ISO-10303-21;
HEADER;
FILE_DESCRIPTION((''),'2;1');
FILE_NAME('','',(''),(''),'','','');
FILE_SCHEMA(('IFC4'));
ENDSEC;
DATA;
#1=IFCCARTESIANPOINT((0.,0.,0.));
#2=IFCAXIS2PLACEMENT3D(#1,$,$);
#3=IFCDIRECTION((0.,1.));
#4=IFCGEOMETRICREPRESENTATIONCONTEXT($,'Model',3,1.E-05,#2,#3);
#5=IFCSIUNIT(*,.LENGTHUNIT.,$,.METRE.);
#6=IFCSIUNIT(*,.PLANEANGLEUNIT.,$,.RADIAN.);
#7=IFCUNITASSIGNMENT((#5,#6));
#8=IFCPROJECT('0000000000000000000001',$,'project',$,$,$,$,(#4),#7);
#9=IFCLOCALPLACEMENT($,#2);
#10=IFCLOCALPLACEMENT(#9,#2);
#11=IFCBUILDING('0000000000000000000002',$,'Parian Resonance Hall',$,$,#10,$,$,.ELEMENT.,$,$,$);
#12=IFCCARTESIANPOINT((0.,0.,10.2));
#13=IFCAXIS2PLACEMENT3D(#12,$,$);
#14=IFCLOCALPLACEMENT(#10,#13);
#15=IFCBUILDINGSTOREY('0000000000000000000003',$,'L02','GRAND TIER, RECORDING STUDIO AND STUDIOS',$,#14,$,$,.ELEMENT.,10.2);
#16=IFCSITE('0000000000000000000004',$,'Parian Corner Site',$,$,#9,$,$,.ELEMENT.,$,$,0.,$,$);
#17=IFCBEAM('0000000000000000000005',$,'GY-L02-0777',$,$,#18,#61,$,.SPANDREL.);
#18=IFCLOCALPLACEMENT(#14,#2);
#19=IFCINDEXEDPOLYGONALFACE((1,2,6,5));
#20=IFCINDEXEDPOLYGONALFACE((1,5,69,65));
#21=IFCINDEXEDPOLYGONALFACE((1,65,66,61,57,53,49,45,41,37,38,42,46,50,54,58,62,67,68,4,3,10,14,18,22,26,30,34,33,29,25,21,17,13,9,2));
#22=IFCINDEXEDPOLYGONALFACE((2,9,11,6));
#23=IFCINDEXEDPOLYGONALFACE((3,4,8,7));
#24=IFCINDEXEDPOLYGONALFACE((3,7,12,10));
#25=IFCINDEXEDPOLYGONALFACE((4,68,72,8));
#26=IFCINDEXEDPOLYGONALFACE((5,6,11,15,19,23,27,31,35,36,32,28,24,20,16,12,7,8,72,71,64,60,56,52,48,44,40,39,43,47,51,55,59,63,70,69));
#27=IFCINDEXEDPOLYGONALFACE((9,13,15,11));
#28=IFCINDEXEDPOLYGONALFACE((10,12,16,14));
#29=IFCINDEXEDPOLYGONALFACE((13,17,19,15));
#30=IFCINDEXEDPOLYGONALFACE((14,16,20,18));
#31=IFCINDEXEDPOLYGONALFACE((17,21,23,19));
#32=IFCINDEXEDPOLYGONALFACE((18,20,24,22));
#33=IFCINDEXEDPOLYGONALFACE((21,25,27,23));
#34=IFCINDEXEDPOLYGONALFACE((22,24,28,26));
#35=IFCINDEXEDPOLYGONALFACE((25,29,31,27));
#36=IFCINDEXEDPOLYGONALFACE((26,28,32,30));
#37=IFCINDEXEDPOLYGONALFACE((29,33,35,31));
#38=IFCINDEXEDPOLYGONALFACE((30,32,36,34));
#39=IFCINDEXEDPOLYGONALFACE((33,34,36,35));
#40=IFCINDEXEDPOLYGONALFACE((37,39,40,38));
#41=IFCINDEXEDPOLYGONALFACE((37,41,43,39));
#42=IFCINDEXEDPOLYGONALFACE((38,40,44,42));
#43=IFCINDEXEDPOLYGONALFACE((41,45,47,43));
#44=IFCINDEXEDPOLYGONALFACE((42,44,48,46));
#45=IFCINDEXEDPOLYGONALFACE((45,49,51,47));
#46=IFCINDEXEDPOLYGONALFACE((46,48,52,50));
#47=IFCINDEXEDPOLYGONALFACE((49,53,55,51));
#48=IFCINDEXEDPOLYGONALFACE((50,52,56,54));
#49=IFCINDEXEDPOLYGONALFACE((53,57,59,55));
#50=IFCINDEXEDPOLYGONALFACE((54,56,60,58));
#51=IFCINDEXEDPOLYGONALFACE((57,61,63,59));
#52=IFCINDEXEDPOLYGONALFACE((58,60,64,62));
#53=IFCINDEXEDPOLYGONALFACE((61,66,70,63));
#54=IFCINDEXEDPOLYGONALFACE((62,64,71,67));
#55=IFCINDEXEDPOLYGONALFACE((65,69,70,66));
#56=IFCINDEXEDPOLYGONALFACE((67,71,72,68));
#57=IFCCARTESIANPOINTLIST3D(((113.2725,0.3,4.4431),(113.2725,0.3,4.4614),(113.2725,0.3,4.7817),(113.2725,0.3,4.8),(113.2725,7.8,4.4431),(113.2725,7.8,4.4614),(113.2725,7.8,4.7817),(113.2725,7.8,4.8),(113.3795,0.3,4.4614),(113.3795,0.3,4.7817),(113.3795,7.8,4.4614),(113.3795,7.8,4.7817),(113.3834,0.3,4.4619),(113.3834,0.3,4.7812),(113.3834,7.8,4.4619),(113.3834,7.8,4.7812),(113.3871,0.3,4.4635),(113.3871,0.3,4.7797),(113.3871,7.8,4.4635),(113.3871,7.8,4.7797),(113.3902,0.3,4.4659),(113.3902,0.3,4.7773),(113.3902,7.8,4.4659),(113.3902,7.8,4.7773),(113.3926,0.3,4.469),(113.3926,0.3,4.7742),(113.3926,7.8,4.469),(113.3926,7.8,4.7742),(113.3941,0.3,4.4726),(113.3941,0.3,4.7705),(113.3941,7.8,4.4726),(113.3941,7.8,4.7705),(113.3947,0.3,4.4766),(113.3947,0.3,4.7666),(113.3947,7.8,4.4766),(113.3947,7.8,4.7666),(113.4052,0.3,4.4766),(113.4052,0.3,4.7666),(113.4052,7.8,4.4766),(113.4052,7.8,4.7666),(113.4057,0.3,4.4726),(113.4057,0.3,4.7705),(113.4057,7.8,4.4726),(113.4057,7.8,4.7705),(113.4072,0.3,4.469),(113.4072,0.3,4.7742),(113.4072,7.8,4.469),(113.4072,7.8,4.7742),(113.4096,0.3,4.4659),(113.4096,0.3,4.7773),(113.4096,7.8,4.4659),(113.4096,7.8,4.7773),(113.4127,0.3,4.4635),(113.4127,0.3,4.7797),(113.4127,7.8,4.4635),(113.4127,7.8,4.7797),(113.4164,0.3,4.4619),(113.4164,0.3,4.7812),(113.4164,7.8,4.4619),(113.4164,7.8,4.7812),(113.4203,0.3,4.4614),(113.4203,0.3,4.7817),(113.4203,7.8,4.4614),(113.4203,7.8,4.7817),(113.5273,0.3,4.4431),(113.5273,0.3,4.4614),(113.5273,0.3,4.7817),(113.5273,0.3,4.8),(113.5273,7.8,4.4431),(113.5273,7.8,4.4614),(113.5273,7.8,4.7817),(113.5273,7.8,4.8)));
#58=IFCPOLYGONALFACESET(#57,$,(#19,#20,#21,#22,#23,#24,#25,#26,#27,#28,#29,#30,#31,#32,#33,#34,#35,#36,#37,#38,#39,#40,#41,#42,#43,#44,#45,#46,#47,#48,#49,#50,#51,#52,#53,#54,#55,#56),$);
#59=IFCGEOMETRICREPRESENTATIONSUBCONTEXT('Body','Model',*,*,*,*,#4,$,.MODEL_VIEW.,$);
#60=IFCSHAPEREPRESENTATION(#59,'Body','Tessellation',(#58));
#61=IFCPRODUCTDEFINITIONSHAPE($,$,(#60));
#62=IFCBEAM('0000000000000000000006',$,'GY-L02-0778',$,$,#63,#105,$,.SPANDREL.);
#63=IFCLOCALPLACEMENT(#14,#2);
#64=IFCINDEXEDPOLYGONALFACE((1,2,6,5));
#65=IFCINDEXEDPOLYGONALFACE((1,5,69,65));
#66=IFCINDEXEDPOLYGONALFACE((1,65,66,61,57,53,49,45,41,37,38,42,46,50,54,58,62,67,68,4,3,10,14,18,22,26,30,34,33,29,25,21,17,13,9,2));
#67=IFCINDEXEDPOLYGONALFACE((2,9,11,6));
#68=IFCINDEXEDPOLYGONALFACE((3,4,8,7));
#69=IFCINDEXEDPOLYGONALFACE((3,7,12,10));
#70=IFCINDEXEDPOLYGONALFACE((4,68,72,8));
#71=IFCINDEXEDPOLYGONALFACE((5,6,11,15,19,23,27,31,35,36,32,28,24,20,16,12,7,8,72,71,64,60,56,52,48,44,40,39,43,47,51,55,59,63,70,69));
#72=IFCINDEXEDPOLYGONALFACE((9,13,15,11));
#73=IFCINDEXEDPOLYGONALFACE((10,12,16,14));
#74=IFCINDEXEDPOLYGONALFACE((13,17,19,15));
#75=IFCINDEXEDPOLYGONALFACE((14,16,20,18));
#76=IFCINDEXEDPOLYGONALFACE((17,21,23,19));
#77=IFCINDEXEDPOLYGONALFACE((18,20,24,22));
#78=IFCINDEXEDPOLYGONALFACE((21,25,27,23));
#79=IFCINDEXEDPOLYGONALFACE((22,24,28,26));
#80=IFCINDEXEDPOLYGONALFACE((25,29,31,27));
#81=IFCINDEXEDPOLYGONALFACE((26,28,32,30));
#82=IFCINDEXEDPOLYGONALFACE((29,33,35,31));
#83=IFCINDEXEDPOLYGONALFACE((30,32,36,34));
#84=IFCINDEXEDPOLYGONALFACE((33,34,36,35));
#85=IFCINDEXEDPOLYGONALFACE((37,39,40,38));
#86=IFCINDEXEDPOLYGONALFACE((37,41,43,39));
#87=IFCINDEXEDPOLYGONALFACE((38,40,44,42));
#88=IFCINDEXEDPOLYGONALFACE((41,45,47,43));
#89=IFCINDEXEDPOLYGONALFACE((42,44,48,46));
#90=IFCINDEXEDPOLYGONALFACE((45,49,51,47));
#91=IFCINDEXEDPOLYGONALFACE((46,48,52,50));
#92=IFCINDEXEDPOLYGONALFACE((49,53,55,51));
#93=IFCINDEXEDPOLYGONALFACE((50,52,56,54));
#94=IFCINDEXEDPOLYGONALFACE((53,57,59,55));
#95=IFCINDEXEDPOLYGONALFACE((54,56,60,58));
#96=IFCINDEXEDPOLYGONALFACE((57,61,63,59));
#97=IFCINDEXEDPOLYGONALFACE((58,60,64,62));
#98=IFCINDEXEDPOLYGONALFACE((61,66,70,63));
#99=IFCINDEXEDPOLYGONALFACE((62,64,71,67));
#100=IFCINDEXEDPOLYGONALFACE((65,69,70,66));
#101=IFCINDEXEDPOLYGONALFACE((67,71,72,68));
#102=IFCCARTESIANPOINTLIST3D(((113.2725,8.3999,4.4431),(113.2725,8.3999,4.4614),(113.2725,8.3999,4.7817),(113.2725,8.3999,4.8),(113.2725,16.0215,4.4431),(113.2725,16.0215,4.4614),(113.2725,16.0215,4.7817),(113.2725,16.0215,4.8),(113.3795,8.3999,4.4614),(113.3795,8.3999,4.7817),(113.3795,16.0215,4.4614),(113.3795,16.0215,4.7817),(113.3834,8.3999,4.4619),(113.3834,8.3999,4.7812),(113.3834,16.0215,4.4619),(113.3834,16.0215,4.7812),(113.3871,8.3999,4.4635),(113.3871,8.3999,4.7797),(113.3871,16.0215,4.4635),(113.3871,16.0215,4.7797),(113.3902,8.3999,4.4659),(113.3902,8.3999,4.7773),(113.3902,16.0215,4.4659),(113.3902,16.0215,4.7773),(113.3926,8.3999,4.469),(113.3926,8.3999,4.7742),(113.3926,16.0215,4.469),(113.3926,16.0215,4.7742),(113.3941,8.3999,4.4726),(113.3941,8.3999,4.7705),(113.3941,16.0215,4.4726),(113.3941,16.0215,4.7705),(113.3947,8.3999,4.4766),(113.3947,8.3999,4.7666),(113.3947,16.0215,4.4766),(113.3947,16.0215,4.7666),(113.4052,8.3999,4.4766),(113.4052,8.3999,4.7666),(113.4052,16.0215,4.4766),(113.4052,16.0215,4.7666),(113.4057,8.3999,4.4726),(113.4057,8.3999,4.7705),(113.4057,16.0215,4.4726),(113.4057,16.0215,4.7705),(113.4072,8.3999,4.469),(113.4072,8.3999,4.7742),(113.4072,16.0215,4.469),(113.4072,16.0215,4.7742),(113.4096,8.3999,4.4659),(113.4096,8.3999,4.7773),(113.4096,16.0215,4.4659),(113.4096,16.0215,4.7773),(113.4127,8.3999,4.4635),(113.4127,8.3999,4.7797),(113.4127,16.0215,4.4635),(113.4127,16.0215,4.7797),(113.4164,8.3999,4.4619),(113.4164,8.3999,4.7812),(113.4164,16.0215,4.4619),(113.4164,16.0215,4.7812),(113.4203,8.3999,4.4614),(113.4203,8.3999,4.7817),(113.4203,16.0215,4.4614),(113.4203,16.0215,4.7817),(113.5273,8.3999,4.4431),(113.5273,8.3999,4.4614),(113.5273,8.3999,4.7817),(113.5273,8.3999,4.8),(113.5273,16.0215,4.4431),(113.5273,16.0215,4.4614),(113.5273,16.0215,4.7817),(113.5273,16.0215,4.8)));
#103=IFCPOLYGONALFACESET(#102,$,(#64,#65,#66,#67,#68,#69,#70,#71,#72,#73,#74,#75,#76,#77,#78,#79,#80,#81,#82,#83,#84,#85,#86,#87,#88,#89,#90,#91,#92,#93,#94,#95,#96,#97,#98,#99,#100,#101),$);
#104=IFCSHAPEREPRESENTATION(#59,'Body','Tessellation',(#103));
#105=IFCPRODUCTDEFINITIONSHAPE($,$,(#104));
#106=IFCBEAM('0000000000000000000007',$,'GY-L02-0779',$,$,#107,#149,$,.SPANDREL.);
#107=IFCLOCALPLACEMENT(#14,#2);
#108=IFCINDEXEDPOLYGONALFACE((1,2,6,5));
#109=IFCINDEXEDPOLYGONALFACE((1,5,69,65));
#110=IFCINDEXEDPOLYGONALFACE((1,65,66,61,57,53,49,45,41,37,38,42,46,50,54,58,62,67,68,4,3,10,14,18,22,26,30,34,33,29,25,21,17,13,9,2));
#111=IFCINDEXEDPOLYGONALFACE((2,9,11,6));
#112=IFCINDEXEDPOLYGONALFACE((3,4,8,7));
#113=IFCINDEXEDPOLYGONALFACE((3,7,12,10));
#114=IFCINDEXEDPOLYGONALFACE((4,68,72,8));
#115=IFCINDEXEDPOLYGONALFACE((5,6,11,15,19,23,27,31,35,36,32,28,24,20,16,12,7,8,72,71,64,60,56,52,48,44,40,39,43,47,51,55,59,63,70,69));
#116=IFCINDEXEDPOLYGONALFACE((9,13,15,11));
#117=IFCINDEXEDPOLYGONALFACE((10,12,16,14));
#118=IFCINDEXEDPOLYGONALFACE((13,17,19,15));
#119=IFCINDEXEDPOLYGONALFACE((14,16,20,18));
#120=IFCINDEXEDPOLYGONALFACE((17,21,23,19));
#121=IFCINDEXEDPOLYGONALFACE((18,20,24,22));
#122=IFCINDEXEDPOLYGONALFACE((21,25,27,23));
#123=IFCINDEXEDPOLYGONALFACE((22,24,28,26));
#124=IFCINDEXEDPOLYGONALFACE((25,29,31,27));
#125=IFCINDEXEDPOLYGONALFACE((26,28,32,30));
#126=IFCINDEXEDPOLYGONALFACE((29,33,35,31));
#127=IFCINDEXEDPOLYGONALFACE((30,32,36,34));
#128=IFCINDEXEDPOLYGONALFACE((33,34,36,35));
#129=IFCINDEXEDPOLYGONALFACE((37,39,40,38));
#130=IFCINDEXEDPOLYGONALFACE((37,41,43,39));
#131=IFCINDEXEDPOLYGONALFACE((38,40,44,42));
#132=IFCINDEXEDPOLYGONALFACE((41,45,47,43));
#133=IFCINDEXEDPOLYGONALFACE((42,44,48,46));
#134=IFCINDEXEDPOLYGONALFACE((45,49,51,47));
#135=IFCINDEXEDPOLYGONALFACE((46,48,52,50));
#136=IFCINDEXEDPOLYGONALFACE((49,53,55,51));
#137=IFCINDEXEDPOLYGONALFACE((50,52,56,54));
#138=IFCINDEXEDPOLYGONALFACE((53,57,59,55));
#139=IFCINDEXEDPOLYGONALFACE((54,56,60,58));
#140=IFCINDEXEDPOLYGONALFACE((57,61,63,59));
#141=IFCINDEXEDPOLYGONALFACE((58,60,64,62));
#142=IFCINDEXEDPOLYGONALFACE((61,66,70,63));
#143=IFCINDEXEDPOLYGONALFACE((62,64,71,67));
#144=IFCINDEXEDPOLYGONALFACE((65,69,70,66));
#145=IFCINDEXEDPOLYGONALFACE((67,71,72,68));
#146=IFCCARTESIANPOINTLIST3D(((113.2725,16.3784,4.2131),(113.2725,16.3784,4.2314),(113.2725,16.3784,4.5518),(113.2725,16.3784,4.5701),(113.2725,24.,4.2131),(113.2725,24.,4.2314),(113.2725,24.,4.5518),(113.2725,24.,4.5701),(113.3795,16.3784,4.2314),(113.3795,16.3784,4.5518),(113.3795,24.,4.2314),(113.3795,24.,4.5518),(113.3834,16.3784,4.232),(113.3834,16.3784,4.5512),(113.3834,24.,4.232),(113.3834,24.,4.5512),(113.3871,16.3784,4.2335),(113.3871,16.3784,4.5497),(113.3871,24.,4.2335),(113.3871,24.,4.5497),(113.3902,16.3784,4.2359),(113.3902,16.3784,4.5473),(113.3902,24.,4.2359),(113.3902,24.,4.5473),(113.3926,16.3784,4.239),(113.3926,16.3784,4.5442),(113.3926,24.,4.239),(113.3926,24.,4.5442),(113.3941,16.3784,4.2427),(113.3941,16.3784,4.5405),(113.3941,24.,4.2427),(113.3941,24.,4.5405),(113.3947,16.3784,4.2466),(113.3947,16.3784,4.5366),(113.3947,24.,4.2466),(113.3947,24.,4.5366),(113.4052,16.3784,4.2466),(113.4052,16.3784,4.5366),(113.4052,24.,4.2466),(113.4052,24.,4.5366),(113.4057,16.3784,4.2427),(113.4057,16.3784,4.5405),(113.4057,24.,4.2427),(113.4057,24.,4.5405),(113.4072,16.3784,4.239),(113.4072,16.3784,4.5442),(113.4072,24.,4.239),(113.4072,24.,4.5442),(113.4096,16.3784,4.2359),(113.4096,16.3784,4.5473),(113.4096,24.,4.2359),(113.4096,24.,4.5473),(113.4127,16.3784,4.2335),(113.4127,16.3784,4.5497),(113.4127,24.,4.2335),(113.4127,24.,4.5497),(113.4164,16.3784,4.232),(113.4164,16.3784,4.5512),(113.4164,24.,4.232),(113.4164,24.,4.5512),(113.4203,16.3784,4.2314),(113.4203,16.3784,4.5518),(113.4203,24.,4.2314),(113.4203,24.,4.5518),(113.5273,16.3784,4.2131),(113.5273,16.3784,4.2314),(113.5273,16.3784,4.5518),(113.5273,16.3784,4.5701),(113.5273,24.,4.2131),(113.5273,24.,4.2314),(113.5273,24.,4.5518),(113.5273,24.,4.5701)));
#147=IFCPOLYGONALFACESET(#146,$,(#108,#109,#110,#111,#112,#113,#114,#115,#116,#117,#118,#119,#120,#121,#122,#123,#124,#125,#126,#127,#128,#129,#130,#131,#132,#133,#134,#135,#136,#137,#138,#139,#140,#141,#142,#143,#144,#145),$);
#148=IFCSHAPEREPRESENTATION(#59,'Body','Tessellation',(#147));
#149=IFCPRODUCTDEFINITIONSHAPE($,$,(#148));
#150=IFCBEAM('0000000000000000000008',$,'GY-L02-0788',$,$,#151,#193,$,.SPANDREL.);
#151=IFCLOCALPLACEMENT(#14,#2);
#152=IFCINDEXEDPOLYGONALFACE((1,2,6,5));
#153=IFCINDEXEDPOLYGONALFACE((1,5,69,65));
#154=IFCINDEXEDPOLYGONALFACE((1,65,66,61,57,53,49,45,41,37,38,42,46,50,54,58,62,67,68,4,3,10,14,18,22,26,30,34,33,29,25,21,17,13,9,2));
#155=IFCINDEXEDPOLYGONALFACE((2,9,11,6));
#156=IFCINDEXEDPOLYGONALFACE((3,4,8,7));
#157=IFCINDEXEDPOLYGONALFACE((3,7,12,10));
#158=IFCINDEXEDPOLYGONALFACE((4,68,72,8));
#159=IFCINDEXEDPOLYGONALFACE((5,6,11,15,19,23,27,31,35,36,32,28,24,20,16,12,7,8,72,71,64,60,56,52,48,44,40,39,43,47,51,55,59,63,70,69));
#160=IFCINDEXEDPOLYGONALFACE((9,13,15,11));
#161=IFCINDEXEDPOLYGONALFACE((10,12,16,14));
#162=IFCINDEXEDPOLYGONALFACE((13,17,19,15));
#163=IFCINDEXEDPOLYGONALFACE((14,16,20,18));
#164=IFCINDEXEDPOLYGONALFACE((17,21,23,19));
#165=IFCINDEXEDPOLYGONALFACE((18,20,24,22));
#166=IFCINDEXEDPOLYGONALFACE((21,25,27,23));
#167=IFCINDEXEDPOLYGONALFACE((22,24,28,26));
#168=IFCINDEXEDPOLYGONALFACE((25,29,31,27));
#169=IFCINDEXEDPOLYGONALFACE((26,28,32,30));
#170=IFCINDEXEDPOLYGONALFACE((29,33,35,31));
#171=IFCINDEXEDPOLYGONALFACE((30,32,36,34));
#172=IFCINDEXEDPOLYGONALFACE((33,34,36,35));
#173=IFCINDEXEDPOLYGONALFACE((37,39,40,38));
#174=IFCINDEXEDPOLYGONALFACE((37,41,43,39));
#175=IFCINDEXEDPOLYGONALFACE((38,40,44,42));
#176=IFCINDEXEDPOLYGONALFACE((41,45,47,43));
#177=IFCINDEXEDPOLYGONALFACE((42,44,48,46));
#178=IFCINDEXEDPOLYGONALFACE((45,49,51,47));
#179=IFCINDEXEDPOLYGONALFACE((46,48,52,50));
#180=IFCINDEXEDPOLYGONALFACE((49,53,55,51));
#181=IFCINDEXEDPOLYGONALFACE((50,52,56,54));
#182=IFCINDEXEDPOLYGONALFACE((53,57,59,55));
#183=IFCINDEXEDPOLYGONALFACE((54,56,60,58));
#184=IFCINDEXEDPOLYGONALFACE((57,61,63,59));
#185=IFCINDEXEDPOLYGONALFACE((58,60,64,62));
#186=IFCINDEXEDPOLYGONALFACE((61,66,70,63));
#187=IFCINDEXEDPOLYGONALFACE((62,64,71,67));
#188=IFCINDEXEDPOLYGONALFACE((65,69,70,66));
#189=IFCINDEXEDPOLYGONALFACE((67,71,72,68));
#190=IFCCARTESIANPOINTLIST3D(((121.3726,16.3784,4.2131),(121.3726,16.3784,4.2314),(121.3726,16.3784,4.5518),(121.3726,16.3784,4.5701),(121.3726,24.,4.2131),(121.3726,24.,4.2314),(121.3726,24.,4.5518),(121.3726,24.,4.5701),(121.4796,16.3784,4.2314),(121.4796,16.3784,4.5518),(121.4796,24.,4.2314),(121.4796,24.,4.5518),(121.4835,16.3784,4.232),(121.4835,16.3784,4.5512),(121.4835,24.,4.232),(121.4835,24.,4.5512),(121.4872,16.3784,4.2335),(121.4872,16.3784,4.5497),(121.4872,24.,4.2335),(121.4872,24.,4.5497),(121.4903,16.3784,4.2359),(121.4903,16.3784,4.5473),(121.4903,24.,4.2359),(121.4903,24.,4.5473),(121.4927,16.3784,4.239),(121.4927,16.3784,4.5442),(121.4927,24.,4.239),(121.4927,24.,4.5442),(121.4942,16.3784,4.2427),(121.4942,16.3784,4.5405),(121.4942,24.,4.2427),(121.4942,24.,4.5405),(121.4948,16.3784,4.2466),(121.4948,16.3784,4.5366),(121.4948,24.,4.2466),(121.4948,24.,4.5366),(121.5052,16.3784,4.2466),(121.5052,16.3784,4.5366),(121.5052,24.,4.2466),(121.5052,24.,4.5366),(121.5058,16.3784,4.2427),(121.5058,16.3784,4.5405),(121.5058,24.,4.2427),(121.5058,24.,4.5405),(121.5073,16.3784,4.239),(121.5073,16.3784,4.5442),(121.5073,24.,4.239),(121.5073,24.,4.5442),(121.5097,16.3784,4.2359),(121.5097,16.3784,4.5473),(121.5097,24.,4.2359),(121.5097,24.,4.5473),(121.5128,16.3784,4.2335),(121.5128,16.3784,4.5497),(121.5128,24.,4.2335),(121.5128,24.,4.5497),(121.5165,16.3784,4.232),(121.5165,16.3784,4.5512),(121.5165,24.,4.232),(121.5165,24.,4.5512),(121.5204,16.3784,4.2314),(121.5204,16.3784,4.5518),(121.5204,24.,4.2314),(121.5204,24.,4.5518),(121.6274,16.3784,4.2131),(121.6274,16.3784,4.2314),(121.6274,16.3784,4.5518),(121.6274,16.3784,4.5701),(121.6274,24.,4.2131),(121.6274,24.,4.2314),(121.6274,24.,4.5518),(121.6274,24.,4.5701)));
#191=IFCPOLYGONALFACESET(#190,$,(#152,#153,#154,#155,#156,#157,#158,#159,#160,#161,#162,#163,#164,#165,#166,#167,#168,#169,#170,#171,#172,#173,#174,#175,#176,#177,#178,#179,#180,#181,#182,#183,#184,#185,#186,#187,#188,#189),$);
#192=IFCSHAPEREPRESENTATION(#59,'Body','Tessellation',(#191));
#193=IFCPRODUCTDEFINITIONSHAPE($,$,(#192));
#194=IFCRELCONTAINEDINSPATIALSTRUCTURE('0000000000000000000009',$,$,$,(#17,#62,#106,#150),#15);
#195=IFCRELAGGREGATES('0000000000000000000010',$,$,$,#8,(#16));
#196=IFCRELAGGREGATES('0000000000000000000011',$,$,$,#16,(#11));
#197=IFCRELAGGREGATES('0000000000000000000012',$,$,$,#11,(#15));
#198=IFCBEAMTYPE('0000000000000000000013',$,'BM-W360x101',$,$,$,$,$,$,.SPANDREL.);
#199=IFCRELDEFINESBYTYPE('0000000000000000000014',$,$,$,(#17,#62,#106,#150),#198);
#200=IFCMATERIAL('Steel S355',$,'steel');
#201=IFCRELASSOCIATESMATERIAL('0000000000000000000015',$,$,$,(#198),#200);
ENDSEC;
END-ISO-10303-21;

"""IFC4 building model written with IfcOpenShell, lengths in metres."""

from ifc_helpers import new_model, si_unit, direction, frame, origin, origin_2d, place, context, subcontext, project, spatial, i_section, extrude, material, material_profile, profile_set, type_object, element, save


model = new_model("IFC4")

# Units and contexts
model_context = context("Model", 3, precision=1e-05, world=origin(), true_north=direction((0.0, 1.0)))
body_context = subcontext(model_context, "Body", "Model", "MODEL_VIEW")
ifc_project = project(units=[si_unit("LENGTHUNIT", "METRE"), si_unit("PLANEANGLEUNIT", "RADIAN")], contexts=[model_context])

# Site, building, storey
site_placement = place(None, origin())
site = spatial("IfcSite", under=ifc_project, at=site_placement, Name="Parian Corner Site", CompositionType="ELEMENT", RefElevation=0.0)
building_placement = place(site_placement, origin())
building = spatial("IfcBuilding", under=site, at=building_placement, Name="Parian Resonance Hall", CompositionType="ELEMENT")
storey_placement = place(building_placement, frame((0.0, 0.0, 10.2)))
storey = spatial("IfcBuildingStorey", under=building, at=storey_placement, Name="L02", Description="GRAND TIER, RECORDING STUDIO AND STUDIOS", CompositionType="ELEMENT", Elevation=10.2)

# Beams
ifc_material_1 = material(Name="Steel S355", Category="steel")
ifc_material_profile_1 = material_profile(ifc_material_1, i_section(OverallWidth=0.2549, OverallDepth=0.3569, WebThickness=0.0105, FlangeThickness=0.0183, FilletRadius=0.0151, at=origin_2d()), Name="W360x101")
ifc_profile_set_1 = profile_set([ifc_material_profile_1], Name="Steel S355")
beam_type_1 = type_object("IfcBeamType", Name="BM-W360x101", PredefinedType="SPANDREL", material=ifc_profile_set_1)
beam_1_placement = place(storey_placement, frame((113.3999, 0.3, 4.6216), z_axis=(0.0, 1.0, 0.0), x_axis=(-1.0, 0.0, 0.0)))
element("IfcBeam", 1, at=beam_1_placement, inside=storey, type_object=beam_type_1, Name="GY-L02-0777", PredefinedType="SPANDREL", context=body_context, shape_type="SweptSolid", body=[
    extrude(i_section(OverallWidth=0.2549, OverallDepth=0.3569, WebThickness=0.0105, FlangeThickness=0.0183, FilletRadius=0.0151, at=origin_2d()), origin(), (0.0, 0.0, 1.0), 7.5),
])
for number, where, z_axis, x_axis, name in (
    (2, (113.3999, 8.3999, 4.6216), (0.0, 1.0, 0.0), (-1.0, 0.0, 0.0), "GY-L02-0778"),
    (3, (113.3999, 16.3784, 4.3916), (0.0, 1.0, 0.0), (-1.0, 0.0, 0.0), "GY-L02-0779"),
    (4, (121.5, 16.3784, 4.3916), (0.0, 1.0, 0.0), (-1.0, 0.0, 0.0), "GY-L02-0788"),
):
    element("IfcBeam", number, at=place(storey_placement, frame(where, z_axis=z_axis, x_axis=x_axis)), inside=storey, type_object=beam_type_1, Name=name, PredefinedType="SPANDREL", context=body_context, shape_type="SweptSolid", body=[
        extrude(i_section(OverallWidth=0.2549, OverallDepth=0.3569, WebThickness=0.0105, FlangeThickness=0.0183, FilletRadius=0.0151, at=origin_2d()), origin(), (0.0, 0.0, 1.0), 7.6216),
    ])

save(model, "model.ifc")
